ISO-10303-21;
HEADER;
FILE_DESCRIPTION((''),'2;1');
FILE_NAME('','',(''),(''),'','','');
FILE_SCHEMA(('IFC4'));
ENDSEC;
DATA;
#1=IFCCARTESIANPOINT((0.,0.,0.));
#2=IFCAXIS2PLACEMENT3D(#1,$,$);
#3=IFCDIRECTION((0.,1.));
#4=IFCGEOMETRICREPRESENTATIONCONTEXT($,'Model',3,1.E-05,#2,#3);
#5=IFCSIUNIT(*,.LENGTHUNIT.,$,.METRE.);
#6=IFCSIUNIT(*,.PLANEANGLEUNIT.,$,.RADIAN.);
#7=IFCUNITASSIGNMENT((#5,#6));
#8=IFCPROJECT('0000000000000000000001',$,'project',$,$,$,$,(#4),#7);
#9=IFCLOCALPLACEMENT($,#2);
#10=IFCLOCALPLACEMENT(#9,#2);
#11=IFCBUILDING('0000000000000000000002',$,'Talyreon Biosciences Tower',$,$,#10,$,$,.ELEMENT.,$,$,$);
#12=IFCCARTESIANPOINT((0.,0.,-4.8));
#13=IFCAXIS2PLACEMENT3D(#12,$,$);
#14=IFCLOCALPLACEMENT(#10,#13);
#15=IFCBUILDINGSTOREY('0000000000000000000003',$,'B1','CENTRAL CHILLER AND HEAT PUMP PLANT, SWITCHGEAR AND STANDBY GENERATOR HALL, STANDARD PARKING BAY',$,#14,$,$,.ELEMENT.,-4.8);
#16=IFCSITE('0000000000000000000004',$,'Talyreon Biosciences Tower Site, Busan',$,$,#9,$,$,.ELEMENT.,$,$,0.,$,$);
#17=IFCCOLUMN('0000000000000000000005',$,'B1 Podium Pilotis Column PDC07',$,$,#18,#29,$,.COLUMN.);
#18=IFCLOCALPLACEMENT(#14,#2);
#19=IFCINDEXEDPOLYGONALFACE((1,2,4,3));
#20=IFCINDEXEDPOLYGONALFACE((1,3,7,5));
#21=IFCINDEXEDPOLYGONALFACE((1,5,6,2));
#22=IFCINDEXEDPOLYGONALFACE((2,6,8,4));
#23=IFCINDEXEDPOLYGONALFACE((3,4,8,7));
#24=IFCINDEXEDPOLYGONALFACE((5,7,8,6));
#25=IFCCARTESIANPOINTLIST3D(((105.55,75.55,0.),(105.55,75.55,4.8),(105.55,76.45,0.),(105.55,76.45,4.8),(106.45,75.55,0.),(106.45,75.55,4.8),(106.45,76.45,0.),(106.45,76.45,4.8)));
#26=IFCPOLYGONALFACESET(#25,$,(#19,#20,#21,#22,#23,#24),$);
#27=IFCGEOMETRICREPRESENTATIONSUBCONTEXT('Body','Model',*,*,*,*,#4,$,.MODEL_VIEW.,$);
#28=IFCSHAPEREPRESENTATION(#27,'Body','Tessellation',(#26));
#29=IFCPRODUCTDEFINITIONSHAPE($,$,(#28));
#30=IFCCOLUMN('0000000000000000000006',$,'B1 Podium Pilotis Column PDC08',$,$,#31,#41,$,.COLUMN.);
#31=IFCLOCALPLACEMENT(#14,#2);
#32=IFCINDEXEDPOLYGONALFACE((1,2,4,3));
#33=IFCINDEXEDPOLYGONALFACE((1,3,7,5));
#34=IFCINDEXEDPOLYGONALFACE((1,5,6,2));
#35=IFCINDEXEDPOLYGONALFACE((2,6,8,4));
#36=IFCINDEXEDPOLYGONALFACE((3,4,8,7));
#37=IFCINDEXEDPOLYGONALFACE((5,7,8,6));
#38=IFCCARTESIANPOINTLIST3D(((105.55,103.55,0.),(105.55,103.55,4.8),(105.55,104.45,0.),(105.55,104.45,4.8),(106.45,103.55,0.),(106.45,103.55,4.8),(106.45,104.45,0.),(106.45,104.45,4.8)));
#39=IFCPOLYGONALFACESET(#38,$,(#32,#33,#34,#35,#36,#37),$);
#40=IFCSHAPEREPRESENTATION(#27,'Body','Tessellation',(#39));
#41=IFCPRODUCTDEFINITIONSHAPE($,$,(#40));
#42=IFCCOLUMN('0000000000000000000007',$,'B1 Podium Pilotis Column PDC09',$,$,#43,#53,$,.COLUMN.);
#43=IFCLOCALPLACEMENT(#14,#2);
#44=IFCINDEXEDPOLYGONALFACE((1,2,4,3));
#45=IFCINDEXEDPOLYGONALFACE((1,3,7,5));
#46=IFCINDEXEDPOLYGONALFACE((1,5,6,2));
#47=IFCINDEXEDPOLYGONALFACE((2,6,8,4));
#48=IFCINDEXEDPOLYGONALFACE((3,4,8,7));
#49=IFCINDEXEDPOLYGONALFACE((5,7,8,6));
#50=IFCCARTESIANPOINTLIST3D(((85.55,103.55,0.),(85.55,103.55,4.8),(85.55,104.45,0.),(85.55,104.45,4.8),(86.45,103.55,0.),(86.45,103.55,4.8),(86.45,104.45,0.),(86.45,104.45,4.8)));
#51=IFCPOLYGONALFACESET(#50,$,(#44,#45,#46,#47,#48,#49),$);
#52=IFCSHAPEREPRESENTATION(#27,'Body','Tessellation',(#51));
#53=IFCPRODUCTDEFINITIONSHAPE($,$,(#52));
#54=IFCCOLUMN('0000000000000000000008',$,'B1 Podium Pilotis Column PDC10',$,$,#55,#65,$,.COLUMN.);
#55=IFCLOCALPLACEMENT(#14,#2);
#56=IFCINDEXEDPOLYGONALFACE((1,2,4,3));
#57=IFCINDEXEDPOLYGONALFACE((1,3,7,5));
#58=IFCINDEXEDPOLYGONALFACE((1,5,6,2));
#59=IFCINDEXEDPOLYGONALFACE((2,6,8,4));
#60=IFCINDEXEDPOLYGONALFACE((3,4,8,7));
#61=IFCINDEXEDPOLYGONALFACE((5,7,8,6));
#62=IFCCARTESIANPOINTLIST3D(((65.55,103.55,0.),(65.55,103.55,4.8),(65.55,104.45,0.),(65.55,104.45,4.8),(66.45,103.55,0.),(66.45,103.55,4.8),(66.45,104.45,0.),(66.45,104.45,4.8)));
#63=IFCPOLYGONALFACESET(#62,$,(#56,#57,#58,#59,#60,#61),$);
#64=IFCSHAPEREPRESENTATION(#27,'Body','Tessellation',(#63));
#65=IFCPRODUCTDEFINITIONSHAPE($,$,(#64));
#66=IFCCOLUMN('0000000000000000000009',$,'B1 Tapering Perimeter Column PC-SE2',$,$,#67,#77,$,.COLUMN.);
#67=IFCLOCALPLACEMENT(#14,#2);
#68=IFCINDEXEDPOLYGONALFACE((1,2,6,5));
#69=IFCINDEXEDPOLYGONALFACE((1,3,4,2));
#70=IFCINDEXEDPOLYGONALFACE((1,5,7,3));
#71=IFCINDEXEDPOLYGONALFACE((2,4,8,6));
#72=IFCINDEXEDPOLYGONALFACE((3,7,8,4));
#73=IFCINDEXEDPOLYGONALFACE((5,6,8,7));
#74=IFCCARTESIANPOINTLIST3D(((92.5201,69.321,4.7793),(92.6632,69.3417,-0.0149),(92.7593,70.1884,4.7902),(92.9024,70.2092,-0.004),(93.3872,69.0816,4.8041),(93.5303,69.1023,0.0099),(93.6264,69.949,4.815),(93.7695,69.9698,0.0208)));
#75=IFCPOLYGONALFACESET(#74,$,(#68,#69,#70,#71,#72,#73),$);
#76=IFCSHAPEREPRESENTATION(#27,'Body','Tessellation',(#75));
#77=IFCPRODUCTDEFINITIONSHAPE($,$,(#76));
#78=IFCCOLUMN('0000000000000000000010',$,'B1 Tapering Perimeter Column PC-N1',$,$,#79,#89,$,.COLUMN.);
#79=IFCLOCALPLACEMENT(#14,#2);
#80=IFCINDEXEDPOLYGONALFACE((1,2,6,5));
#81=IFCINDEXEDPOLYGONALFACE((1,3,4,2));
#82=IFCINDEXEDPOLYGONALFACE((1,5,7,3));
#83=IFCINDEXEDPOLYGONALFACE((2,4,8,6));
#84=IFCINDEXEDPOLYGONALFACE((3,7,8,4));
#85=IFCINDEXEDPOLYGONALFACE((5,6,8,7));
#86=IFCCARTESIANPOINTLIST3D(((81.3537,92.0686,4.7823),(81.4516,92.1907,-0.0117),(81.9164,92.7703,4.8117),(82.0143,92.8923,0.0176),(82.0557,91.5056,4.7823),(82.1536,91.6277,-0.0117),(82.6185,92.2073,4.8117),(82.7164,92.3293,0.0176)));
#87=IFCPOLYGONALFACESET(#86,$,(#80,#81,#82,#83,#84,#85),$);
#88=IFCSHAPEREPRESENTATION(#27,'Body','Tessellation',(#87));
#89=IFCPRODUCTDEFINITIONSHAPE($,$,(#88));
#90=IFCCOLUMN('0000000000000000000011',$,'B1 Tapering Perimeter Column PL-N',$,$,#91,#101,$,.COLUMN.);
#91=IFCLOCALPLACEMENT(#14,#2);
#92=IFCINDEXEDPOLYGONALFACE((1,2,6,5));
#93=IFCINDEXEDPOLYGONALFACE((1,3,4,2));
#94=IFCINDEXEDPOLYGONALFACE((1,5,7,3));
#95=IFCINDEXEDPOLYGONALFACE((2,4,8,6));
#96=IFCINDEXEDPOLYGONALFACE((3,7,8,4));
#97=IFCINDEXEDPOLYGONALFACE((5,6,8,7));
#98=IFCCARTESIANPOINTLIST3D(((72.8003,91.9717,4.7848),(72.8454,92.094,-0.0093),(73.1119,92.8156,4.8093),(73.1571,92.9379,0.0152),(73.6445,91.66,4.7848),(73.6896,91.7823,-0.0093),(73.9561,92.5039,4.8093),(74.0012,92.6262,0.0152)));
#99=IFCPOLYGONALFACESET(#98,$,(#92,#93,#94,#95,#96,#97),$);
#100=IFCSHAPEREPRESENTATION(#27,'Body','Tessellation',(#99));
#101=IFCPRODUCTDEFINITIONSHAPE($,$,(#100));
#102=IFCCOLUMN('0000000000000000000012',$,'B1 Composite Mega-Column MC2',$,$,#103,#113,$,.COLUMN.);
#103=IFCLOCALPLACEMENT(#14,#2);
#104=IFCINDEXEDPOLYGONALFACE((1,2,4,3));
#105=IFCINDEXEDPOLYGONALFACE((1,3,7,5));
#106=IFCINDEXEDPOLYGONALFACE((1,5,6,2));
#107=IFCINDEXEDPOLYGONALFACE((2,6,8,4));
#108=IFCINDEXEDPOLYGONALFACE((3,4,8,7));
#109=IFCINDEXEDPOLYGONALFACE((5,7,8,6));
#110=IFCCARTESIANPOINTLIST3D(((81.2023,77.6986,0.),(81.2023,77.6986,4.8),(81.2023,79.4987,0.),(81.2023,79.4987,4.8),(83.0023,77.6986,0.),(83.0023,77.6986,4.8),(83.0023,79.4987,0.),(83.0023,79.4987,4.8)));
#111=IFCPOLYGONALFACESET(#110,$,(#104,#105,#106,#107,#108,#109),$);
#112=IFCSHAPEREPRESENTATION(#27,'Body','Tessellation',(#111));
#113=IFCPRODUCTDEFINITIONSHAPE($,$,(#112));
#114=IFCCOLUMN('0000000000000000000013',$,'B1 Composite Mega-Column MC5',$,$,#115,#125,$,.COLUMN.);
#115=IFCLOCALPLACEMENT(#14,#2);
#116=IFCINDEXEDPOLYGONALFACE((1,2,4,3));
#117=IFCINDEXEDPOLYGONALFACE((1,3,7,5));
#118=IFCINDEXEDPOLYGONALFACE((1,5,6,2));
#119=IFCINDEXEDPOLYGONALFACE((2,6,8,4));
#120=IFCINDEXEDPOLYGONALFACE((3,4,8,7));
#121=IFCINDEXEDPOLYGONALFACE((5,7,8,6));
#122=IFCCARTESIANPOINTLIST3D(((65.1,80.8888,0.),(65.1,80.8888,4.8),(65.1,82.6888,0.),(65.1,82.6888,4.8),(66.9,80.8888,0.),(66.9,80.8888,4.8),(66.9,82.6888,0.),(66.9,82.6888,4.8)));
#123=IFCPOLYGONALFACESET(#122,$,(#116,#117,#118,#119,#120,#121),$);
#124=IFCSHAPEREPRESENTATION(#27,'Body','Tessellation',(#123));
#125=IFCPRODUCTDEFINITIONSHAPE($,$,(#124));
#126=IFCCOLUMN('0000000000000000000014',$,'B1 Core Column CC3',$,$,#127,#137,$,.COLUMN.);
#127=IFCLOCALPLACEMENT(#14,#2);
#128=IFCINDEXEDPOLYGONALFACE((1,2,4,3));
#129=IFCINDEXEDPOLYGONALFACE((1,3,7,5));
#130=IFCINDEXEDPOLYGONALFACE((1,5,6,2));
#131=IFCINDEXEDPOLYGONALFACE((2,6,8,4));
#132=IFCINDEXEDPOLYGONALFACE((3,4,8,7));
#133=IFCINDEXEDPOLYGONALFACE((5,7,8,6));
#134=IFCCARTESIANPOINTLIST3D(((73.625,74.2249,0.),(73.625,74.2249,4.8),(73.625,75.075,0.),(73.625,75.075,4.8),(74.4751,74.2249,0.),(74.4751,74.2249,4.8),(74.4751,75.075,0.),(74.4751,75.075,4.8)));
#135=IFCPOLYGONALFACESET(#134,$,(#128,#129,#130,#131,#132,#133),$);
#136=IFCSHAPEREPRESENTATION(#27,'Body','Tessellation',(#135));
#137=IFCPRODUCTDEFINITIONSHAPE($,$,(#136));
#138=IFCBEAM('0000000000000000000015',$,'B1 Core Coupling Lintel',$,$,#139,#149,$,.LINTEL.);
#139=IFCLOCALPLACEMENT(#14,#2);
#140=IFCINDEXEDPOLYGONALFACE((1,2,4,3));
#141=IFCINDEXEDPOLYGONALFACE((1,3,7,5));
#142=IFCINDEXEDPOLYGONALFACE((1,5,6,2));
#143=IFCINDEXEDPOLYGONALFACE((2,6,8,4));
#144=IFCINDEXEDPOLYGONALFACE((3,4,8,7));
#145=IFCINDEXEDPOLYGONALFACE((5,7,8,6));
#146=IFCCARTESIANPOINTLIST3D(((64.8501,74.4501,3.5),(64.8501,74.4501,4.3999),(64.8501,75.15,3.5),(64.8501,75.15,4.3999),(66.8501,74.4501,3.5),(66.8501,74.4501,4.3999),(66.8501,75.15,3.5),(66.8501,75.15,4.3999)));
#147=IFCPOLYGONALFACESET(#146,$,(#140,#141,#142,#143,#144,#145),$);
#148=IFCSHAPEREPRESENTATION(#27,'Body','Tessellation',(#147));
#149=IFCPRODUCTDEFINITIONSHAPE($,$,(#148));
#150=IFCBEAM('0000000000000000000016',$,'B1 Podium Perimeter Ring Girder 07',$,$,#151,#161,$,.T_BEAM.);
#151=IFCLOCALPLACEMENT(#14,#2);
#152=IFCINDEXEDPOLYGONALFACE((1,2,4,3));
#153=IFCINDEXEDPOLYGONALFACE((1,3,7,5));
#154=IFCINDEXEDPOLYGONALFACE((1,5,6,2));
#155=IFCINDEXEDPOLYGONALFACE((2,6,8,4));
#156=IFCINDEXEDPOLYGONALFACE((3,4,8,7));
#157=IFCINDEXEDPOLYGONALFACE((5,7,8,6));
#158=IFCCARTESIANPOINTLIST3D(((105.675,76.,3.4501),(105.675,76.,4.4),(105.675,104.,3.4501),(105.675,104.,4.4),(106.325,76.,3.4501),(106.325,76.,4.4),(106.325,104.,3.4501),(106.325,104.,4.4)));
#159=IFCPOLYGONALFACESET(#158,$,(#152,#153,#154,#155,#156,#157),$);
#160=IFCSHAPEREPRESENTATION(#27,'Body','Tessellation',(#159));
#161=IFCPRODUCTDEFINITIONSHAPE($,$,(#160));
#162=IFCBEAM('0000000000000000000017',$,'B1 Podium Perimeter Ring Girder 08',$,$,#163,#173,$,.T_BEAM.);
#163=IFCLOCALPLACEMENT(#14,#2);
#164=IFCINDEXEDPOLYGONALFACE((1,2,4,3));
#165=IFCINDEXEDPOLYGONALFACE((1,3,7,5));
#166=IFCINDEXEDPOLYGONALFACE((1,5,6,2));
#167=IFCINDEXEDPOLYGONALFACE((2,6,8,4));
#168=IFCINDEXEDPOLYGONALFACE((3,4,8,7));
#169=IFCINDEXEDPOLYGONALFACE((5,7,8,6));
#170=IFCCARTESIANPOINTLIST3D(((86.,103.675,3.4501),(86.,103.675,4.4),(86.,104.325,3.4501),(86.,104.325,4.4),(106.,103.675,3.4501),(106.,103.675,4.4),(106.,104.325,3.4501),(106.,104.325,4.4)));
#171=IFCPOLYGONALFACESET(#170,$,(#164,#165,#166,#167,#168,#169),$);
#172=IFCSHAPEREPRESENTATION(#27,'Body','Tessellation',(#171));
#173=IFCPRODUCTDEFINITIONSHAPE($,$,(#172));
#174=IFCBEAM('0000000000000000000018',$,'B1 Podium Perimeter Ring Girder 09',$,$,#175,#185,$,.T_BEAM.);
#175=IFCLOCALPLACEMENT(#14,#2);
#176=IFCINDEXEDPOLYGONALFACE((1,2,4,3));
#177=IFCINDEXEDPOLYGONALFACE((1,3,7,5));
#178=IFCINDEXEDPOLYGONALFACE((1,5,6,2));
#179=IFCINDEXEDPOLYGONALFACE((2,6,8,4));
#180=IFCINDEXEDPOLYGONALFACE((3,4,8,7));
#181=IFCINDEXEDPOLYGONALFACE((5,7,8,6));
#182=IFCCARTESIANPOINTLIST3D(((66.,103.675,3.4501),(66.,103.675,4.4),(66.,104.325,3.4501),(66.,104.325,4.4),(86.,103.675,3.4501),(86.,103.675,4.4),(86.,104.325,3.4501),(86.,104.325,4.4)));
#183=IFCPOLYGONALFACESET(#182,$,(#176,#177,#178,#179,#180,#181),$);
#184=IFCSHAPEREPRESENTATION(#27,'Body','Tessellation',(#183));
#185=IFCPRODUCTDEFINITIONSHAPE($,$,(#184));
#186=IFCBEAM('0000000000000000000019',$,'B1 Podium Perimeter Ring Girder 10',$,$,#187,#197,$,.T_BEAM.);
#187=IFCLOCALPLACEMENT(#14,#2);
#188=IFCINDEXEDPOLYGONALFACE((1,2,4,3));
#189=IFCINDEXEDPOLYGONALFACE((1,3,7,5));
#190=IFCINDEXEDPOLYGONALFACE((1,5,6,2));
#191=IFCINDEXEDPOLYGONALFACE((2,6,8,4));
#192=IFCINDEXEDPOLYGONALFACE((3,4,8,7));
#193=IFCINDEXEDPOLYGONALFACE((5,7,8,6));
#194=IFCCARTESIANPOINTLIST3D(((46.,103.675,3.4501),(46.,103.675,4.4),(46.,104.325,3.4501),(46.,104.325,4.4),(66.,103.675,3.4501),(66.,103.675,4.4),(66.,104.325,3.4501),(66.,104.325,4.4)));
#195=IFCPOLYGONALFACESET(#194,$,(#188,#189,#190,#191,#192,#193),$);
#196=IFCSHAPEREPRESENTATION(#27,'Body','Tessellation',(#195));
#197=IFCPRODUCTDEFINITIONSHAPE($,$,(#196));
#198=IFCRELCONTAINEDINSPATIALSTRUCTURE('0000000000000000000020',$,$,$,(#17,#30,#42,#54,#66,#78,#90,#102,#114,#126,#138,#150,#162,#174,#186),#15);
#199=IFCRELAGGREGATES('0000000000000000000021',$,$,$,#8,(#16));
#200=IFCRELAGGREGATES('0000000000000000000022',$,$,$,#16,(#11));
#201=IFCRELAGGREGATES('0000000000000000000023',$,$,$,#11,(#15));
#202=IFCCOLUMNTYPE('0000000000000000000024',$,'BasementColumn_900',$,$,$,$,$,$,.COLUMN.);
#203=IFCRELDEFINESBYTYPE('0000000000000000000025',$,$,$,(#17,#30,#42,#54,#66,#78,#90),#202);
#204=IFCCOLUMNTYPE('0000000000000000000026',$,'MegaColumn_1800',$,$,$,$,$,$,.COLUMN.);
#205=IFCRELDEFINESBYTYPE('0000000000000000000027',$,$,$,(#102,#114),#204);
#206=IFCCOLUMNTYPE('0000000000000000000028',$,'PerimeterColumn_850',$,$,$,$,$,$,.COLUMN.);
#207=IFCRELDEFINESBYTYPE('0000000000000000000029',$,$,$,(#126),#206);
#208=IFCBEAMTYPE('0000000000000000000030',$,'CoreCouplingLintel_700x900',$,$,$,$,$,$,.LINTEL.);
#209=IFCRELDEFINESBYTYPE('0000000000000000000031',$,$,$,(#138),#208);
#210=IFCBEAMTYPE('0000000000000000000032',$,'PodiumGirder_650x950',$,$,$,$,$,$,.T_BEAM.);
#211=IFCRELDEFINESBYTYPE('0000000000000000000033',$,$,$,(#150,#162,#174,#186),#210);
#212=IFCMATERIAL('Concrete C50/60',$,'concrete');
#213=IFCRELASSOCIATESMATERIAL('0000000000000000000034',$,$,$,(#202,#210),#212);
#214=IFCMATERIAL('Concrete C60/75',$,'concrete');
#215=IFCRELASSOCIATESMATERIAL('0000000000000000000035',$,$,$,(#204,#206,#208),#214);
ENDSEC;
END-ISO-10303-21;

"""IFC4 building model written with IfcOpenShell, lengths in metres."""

from ifc_helpers import new_model, si_unit, direction, frame, origin, origin_2d, place, context, subcontext, project, spatial, rectangle, extrude, material, material_profile, profile_set, type_object, element, save


model = new_model("IFC4")

# Units and contexts
model_context = context("Model", 3, precision=1e-05, world=origin(), true_north=direction((0.0, 1.0)))
body_context = subcontext(model_context, "Body", "Model", "MODEL_VIEW")
ifc_project = project(units=[si_unit("LENGTHUNIT", "METRE"), si_unit("PLANEANGLEUNIT", "RADIAN")], contexts=[model_context])

# Site, building, storey
site_placement = place(None, origin())
site = spatial("IfcSite", under=ifc_project, at=site_placement, Name="Talyreon Biosciences Tower Site, Busan", CompositionType="ELEMENT", RefElevation=0.0)
building_placement = place(site_placement, origin())
building = spatial("IfcBuilding", under=site, at=building_placement, Name="Talyreon Biosciences Tower", CompositionType="ELEMENT")
storey_placement = place(building_placement, frame((0.0, 0.0, -4.8)))
storey = spatial("IfcBuildingStorey", under=building, at=storey_placement, Name="B1", Description="CENTRAL CHILLER AND HEAT PUMP PLANT, SWITCHGEAR AND STANDBY GENERATOR HALL, STANDARD PARKING BAY", CompositionType="ELEMENT", Elevation=-4.8)

# Columns
ifc_material_1 = material(Name="Concrete C50/60", Category="concrete")
ifc_material_profile_1 = material_profile(ifc_material_1, rectangle(XDim=0.8999, YDim=0.8999, at=origin_2d()), Name="RC 900x900")
ifc_profile_set_1 = profile_set([ifc_material_profile_1], Name="Concrete C50/60")
column_type_1 = type_object("IfcColumnType", Name="BasementColumn_900", PredefinedType="COLUMN", material=ifc_profile_set_1)
for number, where, z_axis, x_axis, name in (
    (1, (106.0, 76.0, 0.0), (0.0, 0.0, 1.0), (1.0, 0.0, 0.0), "B1 Podium Pilotis Column PDC07"),
    (2, (106.0, 104.0, 0.0), (0.0, 0.0, 1.0), (1.0, 0.0, 0.0), "B1 Podium Pilotis Column PDC08"),
    (3, (86.0, 104.0, 0.0), (0.0, 0.0, 1.0), (1.0, 0.0, 0.0), "B1 Podium Pilotis Column PDC09"),
    (4, (66.0, 104.0, 0.0), (0.0, 0.0, 1.0), (1.0, 0.0, 0.0), "B1 Podium Pilotis Column PDC10"),
):
    element("IfcColumn", number, at=place(storey_placement, frame(where, z_axis=z_axis, x_axis=x_axis)), inside=storey, type_object=column_type_1, Name=name, PredefinedType="COLUMN", context=body_context, shape_type="SweptSolid", body=[
        extrude(rectangle(XDim=0.8999, YDim=0.8999, at=origin_2d()), origin(), (0.0, 0.0, 1.0), 4.8),
    ])
column_1_placement = place(storey_placement, frame((93.2163, 69.6558, 0.0029), z_axis=(-0.029828, -0.004327, 0.999546), x_axis=(0.963564, -0.266049, 0.027603)))
element("IfcColumn", 5, at=column_1_placement, inside=storey, type_object=column_type_1, Name="B1 Tapering Perimeter Column PC-SE2", PredefinedType="COLUMN", context=body_context, shape_type="SweptSolid", body=[
    extrude(rectangle(XDim=0.8999, YDim=0.8999, at=origin_2d()), origin(), (0.0, 0.0, 1.0), 4.7964),
])
column_2_placement = place(storey_placement, frame((82.084, 92.26, 0.0029), z_axis=(-0.02041, -0.025449, 0.999468), x_axis=(-0.780107, 0.625646, 0.0)))
element("IfcColumn", 6, at=column_2_placement, inside=storey, type_object=column_type_1, Name="B1 Tapering Perimeter Column PC-N1", PredefinedType="COLUMN", context=body_context, shape_type="SweptSolid", body=[
    extrude(rectangle(XDim=0.8999, YDim=0.8999, at=origin_2d()), origin(), (0.0, 0.0, 1.0), 4.7966),
])
column_3_placement = place(storey_placement, frame((73.4233, 92.3601, 0.0029), z_axis=(-0.009418, -0.025504, 0.99963), x_axis=(-0.938087, 0.346399, 0.0)))
element("IfcColumn", 7, at=column_3_placement, inside=storey, type_object=column_type_1, Name="B1 Tapering Perimeter Column PL-N", PredefinedType="COLUMN", context=body_context, shape_type="SweptSolid", body=[
    extrude(rectangle(XDim=0.8999, YDim=0.8999, at=origin_2d()), origin(), (0.0, 0.0, 1.0), 4.7959),
])
ifc_material_2 = material(Name="Concrete C60/75", Category="concrete")
ifc_material_profile_2 = material_profile(ifc_material_2, rectangle(XDim=1.8, YDim=1.8, at=origin_2d()), Name="RC 1800x1800")
ifc_profile_set_2 = profile_set([ifc_material_profile_2], Name="Concrete C60/75")
column_type_2 = type_object("IfcColumnType", Name="MegaColumn_1800", PredefinedType="COLUMN", material=ifc_profile_set_2)
for number, where, z_axis, x_axis, name in (
    (8, (82.1023, 78.5986, 0.0), (0.0, 0.0, 1.0), (1.0, 0.0, 0.0), "B1 Composite Mega-Column MC2"),
    (9, (66.0, 81.7888, 0.0), (0.0, 0.0, 1.0), (1.0, 0.0, 0.0), "B1 Composite Mega-Column MC5"),
):
    element("IfcColumn", number, at=place(storey_placement, frame(where, z_axis=z_axis, x_axis=x_axis)), inside=storey, type_object=column_type_2, Name=name, PredefinedType="COLUMN", context=body_context, shape_type="SweptSolid", body=[
        extrude(rectangle(XDim=1.8, YDim=1.8, at=origin_2d()), origin(), (0.0, 0.0, 1.0), 4.8),
    ])
ifc_material_profile_3 = material_profile(ifc_material_2, rectangle(XDim=0.8501, YDim=0.8501, at=origin_2d()), Name="RC 850x850")
ifc_profile_set_3 = profile_set([ifc_material_profile_3], Name="Concrete C60/75")
column_type_3 = type_object("IfcColumnType", Name="PerimeterColumn_850", PredefinedType="COLUMN", material=ifc_profile_set_3)
column_4_placement = place(storey_placement, frame((74.05, 74.6499, 0.0), z_axis=(0.0, 0.0, 1.0), x_axis=(1.0, 0.0, 0.0)))
element("IfcColumn", 10, at=column_4_placement, inside=storey, type_object=column_type_3, Name="B1 Core Column CC3", PredefinedType="COLUMN", context=body_context, shape_type="SweptSolid", body=[
    extrude(rectangle(XDim=0.8501, YDim=0.8501, at=origin_2d()), origin(), (0.0, 0.0, 1.0), 4.8),
])

# Beams
ifc_material_profile_4 = material_profile(ifc_material_2, rectangle(XDim=0.7, YDim=0.8999, at=origin_2d()), Name="RCB 700x900")
ifc_profile_set_4 = profile_set([ifc_material_profile_4], Name="Concrete C60/75")
beam_type_1 = type_object("IfcBeamType", Name="CoreCouplingLintel_700x900", PredefinedType="LINTEL", material=ifc_profile_set_4)
beam_1_placement = place(storey_placement, frame((64.8501, 74.8, 3.95), z_axis=(1.0, 0.0, 0.0), x_axis=(0.0, 1.0, 0.0)))
element("IfcBeam", 11, at=beam_1_placement, inside=storey, type_object=beam_type_1, Name="B1 Core Coupling Lintel", PredefinedType="LINTEL", context=body_context, shape_type="SweptSolid", body=[
    extrude(rectangle(XDim=0.7, YDim=0.8999, at=origin_2d()), origin(), (0.0, 0.0, 1.0), 2.0),
])
ifc_material_profile_5 = material_profile(ifc_material_1, rectangle(XDim=0.6499, YDim=0.95, at=origin_2d()), Name="RCB 650x950")
ifc_profile_set_5 = profile_set([ifc_material_profile_5], Name="Concrete C50/60")
beam_type_2 = type_object("IfcBeamType", Name="PodiumGirder_650x950", PredefinedType="T_BEAM", material=ifc_profile_set_5)
beam_2_placement = place(storey_placement, frame((106.0, 76.0, 3.925), z_axis=(0.0, 1.0, 0.0), x_axis=(-1.0, 0.0, 0.0)))
element("IfcBeam", 12, at=beam_2_placement, inside=storey, type_object=beam_type_2, Name="B1 Podium Perimeter Ring Girder 07", PredefinedType="T_BEAM", context=body_context, shape_type="SweptSolid", body=[
    extrude(rectangle(XDim=0.6499, YDim=0.95, at=origin_2d()), origin(), (0.0, 0.0, 1.0), 28.0),
])
for number, where, z_axis, x_axis, name in (
    (13, (106.0, 104.0, 3.925), (-1.0, 0.0, 0.0), (0.0, -1.0, 0.0), "B1 Podium Perimeter Ring Girder 08"),
    (14, (86.0, 104.0, 3.925), (-1.0, 0.0, 0.0), (0.0, -1.0, 0.0), "B1 Podium Perimeter Ring Girder 09"),
    (15, (66.0, 104.0, 3.925), (-1.0, 0.0, 0.0), (0.0, -1.0, 0.0), "B1 Podium Perimeter Ring Girder 10"),
):
    element("IfcBeam", number, at=place(storey_placement, frame(where, z_axis=z_axis, x_axis=x_axis)), inside=storey, type_object=beam_type_2, Name=name, PredefinedType="T_BEAM", context=body_context, shape_type="SweptSolid", body=[
        extrude(rectangle(XDim=0.6499, YDim=0.95, at=origin_2d()), origin(), (0.0, 0.0, 1.0), 20.0),
    ])

save(model, "model.ifc")
